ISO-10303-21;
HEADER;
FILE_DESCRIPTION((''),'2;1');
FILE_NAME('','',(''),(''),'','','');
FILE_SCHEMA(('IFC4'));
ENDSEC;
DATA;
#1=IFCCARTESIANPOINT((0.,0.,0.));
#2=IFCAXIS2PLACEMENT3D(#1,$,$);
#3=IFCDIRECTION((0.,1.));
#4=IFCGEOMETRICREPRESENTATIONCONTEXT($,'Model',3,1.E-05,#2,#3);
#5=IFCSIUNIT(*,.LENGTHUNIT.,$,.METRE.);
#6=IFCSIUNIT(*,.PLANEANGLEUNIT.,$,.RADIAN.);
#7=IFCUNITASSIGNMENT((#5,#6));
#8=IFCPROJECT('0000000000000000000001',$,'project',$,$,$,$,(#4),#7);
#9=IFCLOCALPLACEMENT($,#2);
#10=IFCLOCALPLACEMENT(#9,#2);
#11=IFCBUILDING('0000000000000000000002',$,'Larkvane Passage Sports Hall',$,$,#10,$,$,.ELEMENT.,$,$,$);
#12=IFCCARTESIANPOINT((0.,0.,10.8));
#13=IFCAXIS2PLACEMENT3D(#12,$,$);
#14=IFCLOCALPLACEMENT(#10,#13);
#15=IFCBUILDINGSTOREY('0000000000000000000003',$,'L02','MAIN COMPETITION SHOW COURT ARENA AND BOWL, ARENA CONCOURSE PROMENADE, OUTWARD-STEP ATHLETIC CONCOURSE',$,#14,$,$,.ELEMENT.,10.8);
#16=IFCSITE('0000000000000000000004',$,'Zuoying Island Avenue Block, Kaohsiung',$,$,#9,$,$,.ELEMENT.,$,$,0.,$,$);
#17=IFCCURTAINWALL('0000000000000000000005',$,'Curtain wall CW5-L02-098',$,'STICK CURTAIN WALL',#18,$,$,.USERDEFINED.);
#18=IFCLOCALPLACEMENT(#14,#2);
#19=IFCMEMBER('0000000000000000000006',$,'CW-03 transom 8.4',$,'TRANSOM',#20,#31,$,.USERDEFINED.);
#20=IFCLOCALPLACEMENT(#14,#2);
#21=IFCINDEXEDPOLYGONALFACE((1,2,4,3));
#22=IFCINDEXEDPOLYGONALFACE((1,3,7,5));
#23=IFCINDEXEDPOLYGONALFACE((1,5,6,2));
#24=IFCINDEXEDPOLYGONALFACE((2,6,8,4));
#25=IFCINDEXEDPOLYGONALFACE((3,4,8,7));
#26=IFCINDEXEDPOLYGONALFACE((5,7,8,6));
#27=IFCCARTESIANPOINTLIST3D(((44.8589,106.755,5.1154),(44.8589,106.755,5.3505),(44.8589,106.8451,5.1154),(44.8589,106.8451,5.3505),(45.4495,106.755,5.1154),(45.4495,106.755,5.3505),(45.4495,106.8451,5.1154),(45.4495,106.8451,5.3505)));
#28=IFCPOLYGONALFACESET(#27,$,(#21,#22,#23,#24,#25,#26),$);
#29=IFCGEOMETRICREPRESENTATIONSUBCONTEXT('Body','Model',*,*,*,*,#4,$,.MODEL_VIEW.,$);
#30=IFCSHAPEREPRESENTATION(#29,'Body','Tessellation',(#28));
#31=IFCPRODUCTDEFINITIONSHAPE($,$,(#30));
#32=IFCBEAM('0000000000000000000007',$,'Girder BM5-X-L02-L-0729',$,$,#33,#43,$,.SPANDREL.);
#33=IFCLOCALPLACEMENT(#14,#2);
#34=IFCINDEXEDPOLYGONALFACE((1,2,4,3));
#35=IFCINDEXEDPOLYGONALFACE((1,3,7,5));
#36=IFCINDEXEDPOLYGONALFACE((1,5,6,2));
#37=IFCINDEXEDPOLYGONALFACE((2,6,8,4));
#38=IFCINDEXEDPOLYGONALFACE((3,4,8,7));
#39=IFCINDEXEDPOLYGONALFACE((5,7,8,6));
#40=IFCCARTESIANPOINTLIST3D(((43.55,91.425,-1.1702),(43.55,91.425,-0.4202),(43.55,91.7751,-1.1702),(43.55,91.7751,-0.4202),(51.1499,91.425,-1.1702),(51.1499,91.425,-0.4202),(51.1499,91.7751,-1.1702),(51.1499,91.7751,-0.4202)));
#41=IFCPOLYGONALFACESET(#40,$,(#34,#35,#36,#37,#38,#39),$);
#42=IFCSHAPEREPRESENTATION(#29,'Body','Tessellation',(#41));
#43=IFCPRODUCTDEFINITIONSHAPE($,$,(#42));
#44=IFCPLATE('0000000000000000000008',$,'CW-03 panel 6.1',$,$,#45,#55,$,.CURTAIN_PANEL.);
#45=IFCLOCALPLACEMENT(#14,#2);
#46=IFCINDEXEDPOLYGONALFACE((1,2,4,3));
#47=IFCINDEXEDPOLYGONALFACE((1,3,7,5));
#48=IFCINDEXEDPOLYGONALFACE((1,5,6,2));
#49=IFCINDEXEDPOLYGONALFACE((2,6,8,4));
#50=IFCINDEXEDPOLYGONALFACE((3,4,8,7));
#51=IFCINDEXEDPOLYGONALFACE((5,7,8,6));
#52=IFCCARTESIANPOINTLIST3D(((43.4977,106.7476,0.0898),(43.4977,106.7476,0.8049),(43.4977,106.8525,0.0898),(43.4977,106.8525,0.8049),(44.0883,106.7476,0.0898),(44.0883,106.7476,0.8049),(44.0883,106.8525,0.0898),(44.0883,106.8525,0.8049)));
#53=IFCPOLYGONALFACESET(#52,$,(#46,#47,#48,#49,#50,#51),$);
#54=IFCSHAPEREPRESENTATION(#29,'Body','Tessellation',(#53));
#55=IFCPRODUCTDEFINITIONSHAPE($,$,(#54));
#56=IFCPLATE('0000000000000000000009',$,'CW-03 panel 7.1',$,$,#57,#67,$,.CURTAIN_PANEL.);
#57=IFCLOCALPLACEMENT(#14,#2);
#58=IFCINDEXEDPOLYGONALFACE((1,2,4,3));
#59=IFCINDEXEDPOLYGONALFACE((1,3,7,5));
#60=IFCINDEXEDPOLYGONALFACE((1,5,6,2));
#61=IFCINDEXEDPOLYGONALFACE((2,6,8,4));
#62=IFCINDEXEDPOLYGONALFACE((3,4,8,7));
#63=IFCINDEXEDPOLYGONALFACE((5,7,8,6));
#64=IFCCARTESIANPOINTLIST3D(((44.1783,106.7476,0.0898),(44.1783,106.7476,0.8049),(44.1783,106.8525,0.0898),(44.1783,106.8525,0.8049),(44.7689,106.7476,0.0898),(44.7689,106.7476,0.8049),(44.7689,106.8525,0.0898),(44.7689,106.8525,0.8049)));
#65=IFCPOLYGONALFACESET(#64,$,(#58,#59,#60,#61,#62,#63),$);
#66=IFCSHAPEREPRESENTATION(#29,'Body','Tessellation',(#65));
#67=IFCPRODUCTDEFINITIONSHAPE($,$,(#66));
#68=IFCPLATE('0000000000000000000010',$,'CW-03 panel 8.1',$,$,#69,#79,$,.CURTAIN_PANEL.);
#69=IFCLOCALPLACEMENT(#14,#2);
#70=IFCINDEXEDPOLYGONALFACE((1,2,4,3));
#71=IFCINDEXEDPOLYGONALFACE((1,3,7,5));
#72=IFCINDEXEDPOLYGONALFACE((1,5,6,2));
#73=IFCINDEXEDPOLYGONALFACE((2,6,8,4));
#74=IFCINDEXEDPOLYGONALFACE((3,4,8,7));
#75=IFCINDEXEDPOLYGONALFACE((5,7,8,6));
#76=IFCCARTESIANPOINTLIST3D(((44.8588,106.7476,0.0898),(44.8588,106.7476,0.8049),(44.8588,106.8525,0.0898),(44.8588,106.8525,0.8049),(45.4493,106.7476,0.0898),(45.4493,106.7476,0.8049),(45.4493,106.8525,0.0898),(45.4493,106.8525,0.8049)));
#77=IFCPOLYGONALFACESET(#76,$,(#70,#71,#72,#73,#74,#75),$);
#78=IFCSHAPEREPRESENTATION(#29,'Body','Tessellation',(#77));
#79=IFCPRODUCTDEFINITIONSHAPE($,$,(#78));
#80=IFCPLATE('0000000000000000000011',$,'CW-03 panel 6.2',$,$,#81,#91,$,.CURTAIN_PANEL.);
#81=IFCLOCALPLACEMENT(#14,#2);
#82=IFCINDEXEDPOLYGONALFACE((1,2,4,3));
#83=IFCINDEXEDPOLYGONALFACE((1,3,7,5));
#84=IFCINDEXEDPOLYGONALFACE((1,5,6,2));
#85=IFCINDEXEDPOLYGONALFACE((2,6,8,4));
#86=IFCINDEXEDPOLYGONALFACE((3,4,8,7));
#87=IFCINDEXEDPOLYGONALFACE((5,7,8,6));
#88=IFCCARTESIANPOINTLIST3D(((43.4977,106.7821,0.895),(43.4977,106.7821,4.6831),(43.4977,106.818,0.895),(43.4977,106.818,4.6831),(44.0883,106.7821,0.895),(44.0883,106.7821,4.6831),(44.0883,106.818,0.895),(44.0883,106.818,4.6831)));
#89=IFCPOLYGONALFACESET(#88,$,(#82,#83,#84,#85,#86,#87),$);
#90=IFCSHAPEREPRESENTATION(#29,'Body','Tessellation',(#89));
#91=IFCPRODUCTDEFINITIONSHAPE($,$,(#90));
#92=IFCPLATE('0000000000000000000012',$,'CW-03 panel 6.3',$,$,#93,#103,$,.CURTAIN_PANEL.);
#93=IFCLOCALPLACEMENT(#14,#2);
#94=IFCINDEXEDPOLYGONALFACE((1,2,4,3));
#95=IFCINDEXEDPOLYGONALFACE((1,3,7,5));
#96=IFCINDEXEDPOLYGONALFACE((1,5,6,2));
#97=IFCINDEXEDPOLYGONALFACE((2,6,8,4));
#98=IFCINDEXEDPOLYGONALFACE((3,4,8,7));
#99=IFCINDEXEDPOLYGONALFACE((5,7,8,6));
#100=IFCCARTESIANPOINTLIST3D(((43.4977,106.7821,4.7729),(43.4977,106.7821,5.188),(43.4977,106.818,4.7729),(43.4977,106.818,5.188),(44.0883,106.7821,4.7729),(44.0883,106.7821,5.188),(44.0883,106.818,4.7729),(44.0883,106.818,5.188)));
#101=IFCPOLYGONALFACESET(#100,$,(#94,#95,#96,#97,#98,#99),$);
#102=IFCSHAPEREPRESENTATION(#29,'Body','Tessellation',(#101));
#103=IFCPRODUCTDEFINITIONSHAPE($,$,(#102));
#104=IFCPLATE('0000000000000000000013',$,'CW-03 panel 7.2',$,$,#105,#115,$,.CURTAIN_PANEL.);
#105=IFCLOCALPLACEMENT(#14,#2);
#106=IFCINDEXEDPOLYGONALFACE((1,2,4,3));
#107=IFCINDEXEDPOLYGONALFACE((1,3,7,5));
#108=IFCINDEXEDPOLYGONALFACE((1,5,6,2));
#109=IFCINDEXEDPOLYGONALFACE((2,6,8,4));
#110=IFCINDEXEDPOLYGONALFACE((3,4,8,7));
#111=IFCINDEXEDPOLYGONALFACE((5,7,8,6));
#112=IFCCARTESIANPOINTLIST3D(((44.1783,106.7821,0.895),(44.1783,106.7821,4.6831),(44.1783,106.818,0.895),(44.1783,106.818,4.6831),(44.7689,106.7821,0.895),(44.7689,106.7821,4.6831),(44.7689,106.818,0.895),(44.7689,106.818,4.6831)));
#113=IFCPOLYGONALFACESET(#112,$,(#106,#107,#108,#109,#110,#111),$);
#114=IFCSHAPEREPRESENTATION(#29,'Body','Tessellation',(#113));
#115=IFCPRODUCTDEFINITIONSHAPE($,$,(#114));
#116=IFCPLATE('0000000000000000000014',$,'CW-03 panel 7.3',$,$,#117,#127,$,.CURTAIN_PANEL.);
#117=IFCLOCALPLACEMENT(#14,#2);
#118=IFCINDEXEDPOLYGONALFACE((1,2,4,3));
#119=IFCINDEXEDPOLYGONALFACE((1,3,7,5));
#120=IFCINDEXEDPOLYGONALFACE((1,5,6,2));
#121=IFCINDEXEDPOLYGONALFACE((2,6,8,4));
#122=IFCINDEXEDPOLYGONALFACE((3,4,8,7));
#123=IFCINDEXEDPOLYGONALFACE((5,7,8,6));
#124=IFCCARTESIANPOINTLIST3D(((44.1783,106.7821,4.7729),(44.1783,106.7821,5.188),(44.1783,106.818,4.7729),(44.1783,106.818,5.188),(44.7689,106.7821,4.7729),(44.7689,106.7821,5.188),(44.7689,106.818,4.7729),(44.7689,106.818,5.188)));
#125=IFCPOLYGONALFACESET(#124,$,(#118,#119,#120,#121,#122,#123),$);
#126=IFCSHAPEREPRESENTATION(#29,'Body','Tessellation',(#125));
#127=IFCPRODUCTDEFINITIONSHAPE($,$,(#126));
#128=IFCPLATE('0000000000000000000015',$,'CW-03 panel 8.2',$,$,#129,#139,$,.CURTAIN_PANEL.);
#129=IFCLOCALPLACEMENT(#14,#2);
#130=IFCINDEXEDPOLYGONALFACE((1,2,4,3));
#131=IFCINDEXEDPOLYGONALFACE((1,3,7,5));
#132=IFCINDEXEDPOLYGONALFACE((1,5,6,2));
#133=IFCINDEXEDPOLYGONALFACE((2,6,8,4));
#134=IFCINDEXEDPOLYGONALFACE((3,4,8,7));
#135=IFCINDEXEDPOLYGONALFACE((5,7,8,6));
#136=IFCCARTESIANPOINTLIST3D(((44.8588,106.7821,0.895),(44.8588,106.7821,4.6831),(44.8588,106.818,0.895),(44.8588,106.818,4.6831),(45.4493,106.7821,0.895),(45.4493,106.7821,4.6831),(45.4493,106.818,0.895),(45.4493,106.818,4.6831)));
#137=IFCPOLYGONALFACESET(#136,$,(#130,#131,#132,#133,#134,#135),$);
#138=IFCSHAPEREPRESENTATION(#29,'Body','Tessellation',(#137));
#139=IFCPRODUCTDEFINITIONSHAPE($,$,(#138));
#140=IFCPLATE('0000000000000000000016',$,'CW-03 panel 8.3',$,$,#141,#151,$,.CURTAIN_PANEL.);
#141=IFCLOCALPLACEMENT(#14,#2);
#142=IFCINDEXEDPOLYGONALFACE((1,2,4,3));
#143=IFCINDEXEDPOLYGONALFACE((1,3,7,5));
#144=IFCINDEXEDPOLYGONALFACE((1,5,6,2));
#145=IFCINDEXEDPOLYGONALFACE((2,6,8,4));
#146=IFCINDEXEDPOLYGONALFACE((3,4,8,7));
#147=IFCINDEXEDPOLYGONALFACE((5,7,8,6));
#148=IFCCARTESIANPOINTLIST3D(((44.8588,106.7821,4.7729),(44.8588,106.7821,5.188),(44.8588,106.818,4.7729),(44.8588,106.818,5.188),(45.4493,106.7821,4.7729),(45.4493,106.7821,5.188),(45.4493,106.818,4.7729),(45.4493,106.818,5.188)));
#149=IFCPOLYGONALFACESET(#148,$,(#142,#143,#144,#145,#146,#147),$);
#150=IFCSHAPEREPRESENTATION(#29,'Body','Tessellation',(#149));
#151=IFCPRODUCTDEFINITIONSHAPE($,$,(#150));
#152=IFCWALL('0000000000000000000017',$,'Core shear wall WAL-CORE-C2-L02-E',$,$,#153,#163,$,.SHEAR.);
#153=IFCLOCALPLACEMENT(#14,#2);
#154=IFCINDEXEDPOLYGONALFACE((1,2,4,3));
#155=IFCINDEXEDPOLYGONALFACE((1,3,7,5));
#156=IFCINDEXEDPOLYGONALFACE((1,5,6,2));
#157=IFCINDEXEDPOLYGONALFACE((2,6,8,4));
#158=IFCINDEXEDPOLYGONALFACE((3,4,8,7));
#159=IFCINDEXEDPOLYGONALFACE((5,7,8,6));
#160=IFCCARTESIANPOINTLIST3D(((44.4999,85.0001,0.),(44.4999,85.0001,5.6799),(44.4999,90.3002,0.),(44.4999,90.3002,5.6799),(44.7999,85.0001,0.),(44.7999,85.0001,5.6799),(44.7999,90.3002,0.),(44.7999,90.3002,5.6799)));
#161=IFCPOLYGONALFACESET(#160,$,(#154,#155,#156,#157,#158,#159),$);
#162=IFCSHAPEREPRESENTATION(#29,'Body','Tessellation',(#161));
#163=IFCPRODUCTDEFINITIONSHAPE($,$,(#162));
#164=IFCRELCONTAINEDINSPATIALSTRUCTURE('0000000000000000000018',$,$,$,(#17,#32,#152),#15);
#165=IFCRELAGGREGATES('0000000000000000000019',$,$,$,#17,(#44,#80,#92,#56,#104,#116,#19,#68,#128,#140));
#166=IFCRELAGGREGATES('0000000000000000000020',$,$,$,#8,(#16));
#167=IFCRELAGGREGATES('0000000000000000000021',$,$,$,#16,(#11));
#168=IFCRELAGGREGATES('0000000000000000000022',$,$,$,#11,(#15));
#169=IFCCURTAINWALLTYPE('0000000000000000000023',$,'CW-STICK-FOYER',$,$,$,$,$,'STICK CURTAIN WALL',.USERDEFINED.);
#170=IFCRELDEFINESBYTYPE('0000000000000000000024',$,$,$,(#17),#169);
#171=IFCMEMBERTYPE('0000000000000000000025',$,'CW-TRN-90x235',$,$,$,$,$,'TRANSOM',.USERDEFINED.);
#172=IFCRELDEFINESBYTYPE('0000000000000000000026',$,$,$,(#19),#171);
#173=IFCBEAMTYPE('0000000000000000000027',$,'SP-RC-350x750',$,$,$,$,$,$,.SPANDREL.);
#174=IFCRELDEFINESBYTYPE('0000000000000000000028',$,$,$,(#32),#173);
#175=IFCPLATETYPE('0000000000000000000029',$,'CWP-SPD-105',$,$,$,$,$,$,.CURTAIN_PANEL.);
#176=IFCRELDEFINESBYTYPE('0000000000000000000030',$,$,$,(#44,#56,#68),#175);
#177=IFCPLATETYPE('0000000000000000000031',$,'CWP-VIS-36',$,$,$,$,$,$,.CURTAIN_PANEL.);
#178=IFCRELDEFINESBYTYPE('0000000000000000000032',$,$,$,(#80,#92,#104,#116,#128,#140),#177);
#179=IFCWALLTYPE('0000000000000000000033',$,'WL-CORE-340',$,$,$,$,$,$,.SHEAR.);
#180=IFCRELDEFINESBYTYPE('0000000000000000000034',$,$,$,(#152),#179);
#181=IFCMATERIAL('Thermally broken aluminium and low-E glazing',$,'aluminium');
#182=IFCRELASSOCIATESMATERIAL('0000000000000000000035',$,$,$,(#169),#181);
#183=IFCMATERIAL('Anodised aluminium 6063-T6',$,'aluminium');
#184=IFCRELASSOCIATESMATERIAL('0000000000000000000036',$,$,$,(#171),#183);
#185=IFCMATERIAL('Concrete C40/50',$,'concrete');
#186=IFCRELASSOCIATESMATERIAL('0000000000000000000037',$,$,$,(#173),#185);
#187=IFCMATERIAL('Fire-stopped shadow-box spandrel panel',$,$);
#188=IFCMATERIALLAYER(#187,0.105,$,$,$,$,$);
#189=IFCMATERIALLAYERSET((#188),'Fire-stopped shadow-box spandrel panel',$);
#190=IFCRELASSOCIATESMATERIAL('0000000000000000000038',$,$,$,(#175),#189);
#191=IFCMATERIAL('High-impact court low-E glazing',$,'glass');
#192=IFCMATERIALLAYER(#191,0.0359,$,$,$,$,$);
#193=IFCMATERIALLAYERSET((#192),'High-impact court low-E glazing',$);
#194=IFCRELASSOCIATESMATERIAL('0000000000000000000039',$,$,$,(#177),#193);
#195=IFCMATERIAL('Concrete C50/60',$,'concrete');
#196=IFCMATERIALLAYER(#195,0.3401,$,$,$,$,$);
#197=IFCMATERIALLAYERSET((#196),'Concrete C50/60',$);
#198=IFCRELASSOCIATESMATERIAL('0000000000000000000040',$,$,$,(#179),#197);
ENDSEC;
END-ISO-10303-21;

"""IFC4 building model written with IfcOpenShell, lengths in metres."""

from ifc_helpers import new_model, si_unit, direction, frame, frame_2d, origin, origin_2d, place, context, subcontext, project, spatial, rectangle, extrude, material, layer, layer_set, material_profile, profile_set, type_object, element, aggregate, save


model = new_model("IFC4")

# Units and contexts
model_context = context("Model", 3, precision=1e-05, world=origin(), true_north=direction((0.0, 1.0)))
body_context = subcontext(model_context, "Body", "Model", "MODEL_VIEW")
ifc_project = project(units=[si_unit("LENGTHUNIT", "METRE"), si_unit("PLANEANGLEUNIT", "RADIAN")], contexts=[model_context])

# Site, building, storey
site_placement = place(None, origin())
site = spatial("IfcSite", under=ifc_project, at=site_placement, Name="Zuoying Island Avenue Block, Kaohsiung", CompositionType="ELEMENT", RefElevation=0.0)
building_placement = place(site_placement, origin())
building = spatial("IfcBuilding", under=site, at=building_placement, Name="Larkvane Passage Sports Hall", CompositionType="ELEMENT")
storey_placement = place(building_placement, frame((0.0, 0.0, 10.8)))
storey = spatial("IfcBuildingStorey", under=building, at=storey_placement, Name="L02", Description="MAIN COMPETITION SHOW COURT ARENA AND BOWL, ARENA CONCOURSE PROMENADE, OUTWARD-STEP ATHLETIC CONCOURSE", CompositionType="ELEMENT", Elevation=10.8)

# Curtain wall, member
ifc_material_1 = material(Name="Thermally broken aluminium and low-E glazing", Category="aluminium")
curtain_wall_type = type_object("IfcCurtainWallType", Name="CW-STICK-FOYER", ElementType="STICK CURTAIN WALL", PredefinedType="USERDEFINED", material=ifc_material_1)
curtain_wall_placement = place(storey_placement, origin())
curtain_wall = element("IfcCurtainWall", 1, at=curtain_wall_placement, inside=storey, type_object=curtain_wall_type, Name="Curtain wall CW5-L02-098", ObjectType="STICK CURTAIN WALL", PredefinedType="USERDEFINED")
ifc_material_2 = material(Name="Anodised aluminium 6063-T6", Category="aluminium")
ifc_material_profile_1 = material_profile(ifc_material_2, rectangle(XDim=0.0901, YDim=0.2351, at=origin_2d()), Name="ALU-TRN-90x235")
ifc_profile_set_1 = profile_set([ifc_material_profile_1], Name="Anodised aluminium 6063-T6")
member_type_1 = type_object("IfcMemberType", Name="CW-TRN-90x235", ElementType="TRANSOM", PredefinedType="USERDEFINED", material=ifc_profile_set_1)
member_1_placement = place(storey_placement, frame((44.8589, 106.8, 5.2329), z_axis=(1.0, 0.0, 0.0), x_axis=(0.0, 1.0, 0.0)))
member_1 = element("IfcMember", 2, at=member_1_placement, type_object=member_type_1, Name="CW-03 transom 8.4", ObjectType="TRANSOM", PredefinedType="USERDEFINED", context=body_context, shape_type="SweptSolid", body=[
    extrude(rectangle(XDim=0.0901, YDim=0.2351, at=origin_2d()), origin(), (0.0, 0.0, 1.0), 0.5906),
])

# Beam
ifc_material_3 = material(Name="Concrete C40/50", Category="concrete")
ifc_material_profile_2 = material_profile(ifc_material_3, rectangle(XDim=0.3501, YDim=0.75, at=origin_2d()), Name="RC-SP-350x750")
ifc_profile_set_2 = profile_set([ifc_material_profile_2], Name="Concrete C40/50")
beam_type = type_object("IfcBeamType", Name="SP-RC-350x750", PredefinedType="SPANDREL", material=ifc_profile_set_2)
beam_placement = place(storey_placement, frame((43.55, 91.6001, -0.7952), z_axis=(1.0, 0.0, 0.0), x_axis=(0.0, 1.0, 0.0)))
element("IfcBeam", 3, at=beam_placement, inside=storey, type_object=beam_type, Name="Girder BM5-X-L02-L-0729", PredefinedType="SPANDREL", context=body_context, shape_type="SweptSolid", body=[
    extrude(rectangle(XDim=0.3501, YDim=0.75, at=origin_2d()), origin(), (0.0, 0.0, 1.0), 7.5999),
])

# Plates
ifc_material_4 = material(Name="Fire-stopped shadow-box spandrel panel")
ifc_layer_1 = layer(ifc_material_4, 0.105)
ifc_layer_set_1 = layer_set([ifc_layer_1], Name="Fire-stopped shadow-box spandrel panel")
plate_type_1 = type_object("IfcPlateType", Name="CWP-SPD-105", PredefinedType="CURTAIN_PANEL", material=ifc_layer_set_1)
plate_1_placement = place(storey_placement, frame((43.793, 106.8, 0.0898), z_axis=(0.0, 0.0, 1.0), x_axis=(1.0, 0.0, 0.0)))
plate_1 = element("IfcPlate", 4, at=plate_1_placement, type_object=plate_type_1, Name="CW-03 panel 6.1", PredefinedType="CURTAIN_PANEL", context=body_context, shape_type="SweptSolid", body=[
    extrude(rectangle(XDim=0.5906, YDim=0.105, at=origin_2d()), origin(), (0.0, 0.0, 1.0), 0.7151),
])
plate_2_placement = place(storey_placement, frame((44.4736, 106.8, 0.0898), z_axis=(0.0, 0.0, 1.0), x_axis=(1.0, 0.0, 0.0)))
plate_2 = element("IfcPlate", 5, at=plate_2_placement, type_object=plate_type_1, Name="CW-03 panel 7.1", PredefinedType="CURTAIN_PANEL", context=body_context, shape_type="SweptSolid", body=[
    extrude(rectangle(XDim=0.5906, YDim=0.105, at=origin_2d()), origin(), (0.0, 0.0, 1.0), 0.7151),
])
plate_3_placement = place(storey_placement, frame((45.1541, 106.8, 0.0898), z_axis=(0.0, 0.0, 1.0), x_axis=(1.0, 0.0, 0.0)))
plate_3 = element("IfcPlate", 6, at=plate_3_placement, type_object=plate_type_1, Name="CW-03 panel 8.1", PredefinedType="CURTAIN_PANEL", context=body_context, shape_type="SweptSolid", body=[
    extrude(rectangle(XDim=0.5906, YDim=0.105, at=origin_2d()), origin(), (0.0, 0.0, 1.0), 0.7151),
])
ifc_material_5 = material(Name="High-impact court low-E glazing", Category="glass")
ifc_layer_2 = layer(ifc_material_5, 0.0359)
ifc_layer_set_2 = layer_set([ifc_layer_2], Name="High-impact court low-E glazing")
plate_type_2 = type_object("IfcPlateType", Name="CWP-VIS-36", PredefinedType="CURTAIN_PANEL", material=ifc_layer_set_2)
plate_4_placement = place(storey_placement, frame((43.793, 106.8, 0.895), z_axis=(0.0, 0.0, 1.0), x_axis=(1.0, 0.0, 0.0)))
plate_4 = element("IfcPlate", 7, at=plate_4_placement, type_object=plate_type_2, Name="CW-03 panel 6.2", PredefinedType="CURTAIN_PANEL", context=body_context, shape_type="SweptSolid", body=[
    extrude(rectangle(XDim=0.5906, YDim=0.0359, at=origin_2d()), origin(), (0.0, 0.0, 1.0), 3.7881),
])
plate_5_placement = place(storey_placement, frame((43.793, 106.8, 4.7729), z_axis=(0.0, 0.0, 1.0), x_axis=(1.0, 0.0, 0.0)))
plate_5 = element("IfcPlate", 8, at=plate_5_placement, type_object=plate_type_2, Name="CW-03 panel 6.3", PredefinedType="CURTAIN_PANEL", context=body_context, shape_type="SweptSolid", body=[
    extrude(rectangle(XDim=0.5906, YDim=0.0359, at=origin_2d()), origin(), (0.0, 0.0, 1.0), 0.415),
])
plate_6_placement = place(storey_placement, frame((44.4736, 106.8, 0.895), z_axis=(0.0, 0.0, 1.0), x_axis=(1.0, 0.0, 0.0)))
plate_6 = element("IfcPlate", 9, at=plate_6_placement, type_object=plate_type_2, Name="CW-03 panel 7.2", PredefinedType="CURTAIN_PANEL", context=body_context, shape_type="SweptSolid", body=[
    extrude(rectangle(XDim=0.5906, YDim=0.0359, at=origin_2d()), origin(), (0.0, 0.0, 1.0), 3.7881),
])
plate_7_placement = place(storey_placement, frame((44.4736, 106.8, 4.7729), z_axis=(0.0, 0.0, 1.0), x_axis=(1.0, 0.0, 0.0)))
plate_7 = element("IfcPlate", 10, at=plate_7_placement, type_object=plate_type_2, Name="CW-03 panel 7.3", PredefinedType="CURTAIN_PANEL", context=body_context, shape_type="SweptSolid", body=[
    extrude(rectangle(XDim=0.5906, YDim=0.0359, at=origin_2d()), origin(), (0.0, 0.0, 1.0), 0.415),
])
plate_8_placement = place(storey_placement, frame((45.1541, 106.8, 0.895), z_axis=(0.0, 0.0, 1.0), x_axis=(1.0, 0.0, 0.0)))
plate_8 = element("IfcPlate", 11, at=plate_8_placement, type_object=plate_type_2, Name="CW-03 panel 8.2", PredefinedType="CURTAIN_PANEL", context=body_context, shape_type="SweptSolid", body=[
    extrude(rectangle(XDim=0.5906, YDim=0.0359, at=origin_2d()), origin(), (0.0, 0.0, 1.0), 3.7881),
])
plate_9_placement = place(storey_placement, frame((45.1541, 106.8, 4.7729), z_axis=(0.0, 0.0, 1.0), x_axis=(1.0, 0.0, 0.0)))
plate_9 = element("IfcPlate", 12, at=plate_9_placement, type_object=plate_type_2, Name="CW-03 panel 8.3", PredefinedType="CURTAIN_PANEL", context=body_context, shape_type="SweptSolid", body=[
    extrude(rectangle(XDim=0.5906, YDim=0.0359, at=origin_2d()), origin(), (0.0, 0.0, 1.0), 0.415),
])
aggregate(curtain_wall, [plate_1, plate_4, plate_5, plate_2, plate_6, plate_7, member_1, plate_3, plate_8, plate_9])

# Wall
ifc_material_6 = material(Name="Concrete C50/60", Category="concrete")
ifc_layer_3 = layer(ifc_material_6, 0.3401)
ifc_layer_set_3 = layer_set([ifc_layer_3], Name="Concrete C50/60")
wall_type_1 = type_object("IfcWallType", Name="WL-CORE-340", PredefinedType="SHEAR", material=ifc_layer_set_3)
wall_1_placement = place(storey_placement, frame((44.6499, 90.3, 0.0), z_axis=(0.0, 0.0, 1.0), x_axis=(0.0, -1.0, 0.0)))
element("IfcWall", 13, at=wall_1_placement, inside=storey, type_object=wall_type_1, Name="Core shear wall WAL-CORE-C2-L02-E", PredefinedType="SHEAR", context=body_context, shape_type="SweptSolid", body=[
    extrude(rectangle(XDim=5.3, YDim=0.3, at=frame_2d((2.6499, 0.0))), origin(), (0.0, 0.0, 1.0), 5.6799),
])

save(model, "model.ifc")
